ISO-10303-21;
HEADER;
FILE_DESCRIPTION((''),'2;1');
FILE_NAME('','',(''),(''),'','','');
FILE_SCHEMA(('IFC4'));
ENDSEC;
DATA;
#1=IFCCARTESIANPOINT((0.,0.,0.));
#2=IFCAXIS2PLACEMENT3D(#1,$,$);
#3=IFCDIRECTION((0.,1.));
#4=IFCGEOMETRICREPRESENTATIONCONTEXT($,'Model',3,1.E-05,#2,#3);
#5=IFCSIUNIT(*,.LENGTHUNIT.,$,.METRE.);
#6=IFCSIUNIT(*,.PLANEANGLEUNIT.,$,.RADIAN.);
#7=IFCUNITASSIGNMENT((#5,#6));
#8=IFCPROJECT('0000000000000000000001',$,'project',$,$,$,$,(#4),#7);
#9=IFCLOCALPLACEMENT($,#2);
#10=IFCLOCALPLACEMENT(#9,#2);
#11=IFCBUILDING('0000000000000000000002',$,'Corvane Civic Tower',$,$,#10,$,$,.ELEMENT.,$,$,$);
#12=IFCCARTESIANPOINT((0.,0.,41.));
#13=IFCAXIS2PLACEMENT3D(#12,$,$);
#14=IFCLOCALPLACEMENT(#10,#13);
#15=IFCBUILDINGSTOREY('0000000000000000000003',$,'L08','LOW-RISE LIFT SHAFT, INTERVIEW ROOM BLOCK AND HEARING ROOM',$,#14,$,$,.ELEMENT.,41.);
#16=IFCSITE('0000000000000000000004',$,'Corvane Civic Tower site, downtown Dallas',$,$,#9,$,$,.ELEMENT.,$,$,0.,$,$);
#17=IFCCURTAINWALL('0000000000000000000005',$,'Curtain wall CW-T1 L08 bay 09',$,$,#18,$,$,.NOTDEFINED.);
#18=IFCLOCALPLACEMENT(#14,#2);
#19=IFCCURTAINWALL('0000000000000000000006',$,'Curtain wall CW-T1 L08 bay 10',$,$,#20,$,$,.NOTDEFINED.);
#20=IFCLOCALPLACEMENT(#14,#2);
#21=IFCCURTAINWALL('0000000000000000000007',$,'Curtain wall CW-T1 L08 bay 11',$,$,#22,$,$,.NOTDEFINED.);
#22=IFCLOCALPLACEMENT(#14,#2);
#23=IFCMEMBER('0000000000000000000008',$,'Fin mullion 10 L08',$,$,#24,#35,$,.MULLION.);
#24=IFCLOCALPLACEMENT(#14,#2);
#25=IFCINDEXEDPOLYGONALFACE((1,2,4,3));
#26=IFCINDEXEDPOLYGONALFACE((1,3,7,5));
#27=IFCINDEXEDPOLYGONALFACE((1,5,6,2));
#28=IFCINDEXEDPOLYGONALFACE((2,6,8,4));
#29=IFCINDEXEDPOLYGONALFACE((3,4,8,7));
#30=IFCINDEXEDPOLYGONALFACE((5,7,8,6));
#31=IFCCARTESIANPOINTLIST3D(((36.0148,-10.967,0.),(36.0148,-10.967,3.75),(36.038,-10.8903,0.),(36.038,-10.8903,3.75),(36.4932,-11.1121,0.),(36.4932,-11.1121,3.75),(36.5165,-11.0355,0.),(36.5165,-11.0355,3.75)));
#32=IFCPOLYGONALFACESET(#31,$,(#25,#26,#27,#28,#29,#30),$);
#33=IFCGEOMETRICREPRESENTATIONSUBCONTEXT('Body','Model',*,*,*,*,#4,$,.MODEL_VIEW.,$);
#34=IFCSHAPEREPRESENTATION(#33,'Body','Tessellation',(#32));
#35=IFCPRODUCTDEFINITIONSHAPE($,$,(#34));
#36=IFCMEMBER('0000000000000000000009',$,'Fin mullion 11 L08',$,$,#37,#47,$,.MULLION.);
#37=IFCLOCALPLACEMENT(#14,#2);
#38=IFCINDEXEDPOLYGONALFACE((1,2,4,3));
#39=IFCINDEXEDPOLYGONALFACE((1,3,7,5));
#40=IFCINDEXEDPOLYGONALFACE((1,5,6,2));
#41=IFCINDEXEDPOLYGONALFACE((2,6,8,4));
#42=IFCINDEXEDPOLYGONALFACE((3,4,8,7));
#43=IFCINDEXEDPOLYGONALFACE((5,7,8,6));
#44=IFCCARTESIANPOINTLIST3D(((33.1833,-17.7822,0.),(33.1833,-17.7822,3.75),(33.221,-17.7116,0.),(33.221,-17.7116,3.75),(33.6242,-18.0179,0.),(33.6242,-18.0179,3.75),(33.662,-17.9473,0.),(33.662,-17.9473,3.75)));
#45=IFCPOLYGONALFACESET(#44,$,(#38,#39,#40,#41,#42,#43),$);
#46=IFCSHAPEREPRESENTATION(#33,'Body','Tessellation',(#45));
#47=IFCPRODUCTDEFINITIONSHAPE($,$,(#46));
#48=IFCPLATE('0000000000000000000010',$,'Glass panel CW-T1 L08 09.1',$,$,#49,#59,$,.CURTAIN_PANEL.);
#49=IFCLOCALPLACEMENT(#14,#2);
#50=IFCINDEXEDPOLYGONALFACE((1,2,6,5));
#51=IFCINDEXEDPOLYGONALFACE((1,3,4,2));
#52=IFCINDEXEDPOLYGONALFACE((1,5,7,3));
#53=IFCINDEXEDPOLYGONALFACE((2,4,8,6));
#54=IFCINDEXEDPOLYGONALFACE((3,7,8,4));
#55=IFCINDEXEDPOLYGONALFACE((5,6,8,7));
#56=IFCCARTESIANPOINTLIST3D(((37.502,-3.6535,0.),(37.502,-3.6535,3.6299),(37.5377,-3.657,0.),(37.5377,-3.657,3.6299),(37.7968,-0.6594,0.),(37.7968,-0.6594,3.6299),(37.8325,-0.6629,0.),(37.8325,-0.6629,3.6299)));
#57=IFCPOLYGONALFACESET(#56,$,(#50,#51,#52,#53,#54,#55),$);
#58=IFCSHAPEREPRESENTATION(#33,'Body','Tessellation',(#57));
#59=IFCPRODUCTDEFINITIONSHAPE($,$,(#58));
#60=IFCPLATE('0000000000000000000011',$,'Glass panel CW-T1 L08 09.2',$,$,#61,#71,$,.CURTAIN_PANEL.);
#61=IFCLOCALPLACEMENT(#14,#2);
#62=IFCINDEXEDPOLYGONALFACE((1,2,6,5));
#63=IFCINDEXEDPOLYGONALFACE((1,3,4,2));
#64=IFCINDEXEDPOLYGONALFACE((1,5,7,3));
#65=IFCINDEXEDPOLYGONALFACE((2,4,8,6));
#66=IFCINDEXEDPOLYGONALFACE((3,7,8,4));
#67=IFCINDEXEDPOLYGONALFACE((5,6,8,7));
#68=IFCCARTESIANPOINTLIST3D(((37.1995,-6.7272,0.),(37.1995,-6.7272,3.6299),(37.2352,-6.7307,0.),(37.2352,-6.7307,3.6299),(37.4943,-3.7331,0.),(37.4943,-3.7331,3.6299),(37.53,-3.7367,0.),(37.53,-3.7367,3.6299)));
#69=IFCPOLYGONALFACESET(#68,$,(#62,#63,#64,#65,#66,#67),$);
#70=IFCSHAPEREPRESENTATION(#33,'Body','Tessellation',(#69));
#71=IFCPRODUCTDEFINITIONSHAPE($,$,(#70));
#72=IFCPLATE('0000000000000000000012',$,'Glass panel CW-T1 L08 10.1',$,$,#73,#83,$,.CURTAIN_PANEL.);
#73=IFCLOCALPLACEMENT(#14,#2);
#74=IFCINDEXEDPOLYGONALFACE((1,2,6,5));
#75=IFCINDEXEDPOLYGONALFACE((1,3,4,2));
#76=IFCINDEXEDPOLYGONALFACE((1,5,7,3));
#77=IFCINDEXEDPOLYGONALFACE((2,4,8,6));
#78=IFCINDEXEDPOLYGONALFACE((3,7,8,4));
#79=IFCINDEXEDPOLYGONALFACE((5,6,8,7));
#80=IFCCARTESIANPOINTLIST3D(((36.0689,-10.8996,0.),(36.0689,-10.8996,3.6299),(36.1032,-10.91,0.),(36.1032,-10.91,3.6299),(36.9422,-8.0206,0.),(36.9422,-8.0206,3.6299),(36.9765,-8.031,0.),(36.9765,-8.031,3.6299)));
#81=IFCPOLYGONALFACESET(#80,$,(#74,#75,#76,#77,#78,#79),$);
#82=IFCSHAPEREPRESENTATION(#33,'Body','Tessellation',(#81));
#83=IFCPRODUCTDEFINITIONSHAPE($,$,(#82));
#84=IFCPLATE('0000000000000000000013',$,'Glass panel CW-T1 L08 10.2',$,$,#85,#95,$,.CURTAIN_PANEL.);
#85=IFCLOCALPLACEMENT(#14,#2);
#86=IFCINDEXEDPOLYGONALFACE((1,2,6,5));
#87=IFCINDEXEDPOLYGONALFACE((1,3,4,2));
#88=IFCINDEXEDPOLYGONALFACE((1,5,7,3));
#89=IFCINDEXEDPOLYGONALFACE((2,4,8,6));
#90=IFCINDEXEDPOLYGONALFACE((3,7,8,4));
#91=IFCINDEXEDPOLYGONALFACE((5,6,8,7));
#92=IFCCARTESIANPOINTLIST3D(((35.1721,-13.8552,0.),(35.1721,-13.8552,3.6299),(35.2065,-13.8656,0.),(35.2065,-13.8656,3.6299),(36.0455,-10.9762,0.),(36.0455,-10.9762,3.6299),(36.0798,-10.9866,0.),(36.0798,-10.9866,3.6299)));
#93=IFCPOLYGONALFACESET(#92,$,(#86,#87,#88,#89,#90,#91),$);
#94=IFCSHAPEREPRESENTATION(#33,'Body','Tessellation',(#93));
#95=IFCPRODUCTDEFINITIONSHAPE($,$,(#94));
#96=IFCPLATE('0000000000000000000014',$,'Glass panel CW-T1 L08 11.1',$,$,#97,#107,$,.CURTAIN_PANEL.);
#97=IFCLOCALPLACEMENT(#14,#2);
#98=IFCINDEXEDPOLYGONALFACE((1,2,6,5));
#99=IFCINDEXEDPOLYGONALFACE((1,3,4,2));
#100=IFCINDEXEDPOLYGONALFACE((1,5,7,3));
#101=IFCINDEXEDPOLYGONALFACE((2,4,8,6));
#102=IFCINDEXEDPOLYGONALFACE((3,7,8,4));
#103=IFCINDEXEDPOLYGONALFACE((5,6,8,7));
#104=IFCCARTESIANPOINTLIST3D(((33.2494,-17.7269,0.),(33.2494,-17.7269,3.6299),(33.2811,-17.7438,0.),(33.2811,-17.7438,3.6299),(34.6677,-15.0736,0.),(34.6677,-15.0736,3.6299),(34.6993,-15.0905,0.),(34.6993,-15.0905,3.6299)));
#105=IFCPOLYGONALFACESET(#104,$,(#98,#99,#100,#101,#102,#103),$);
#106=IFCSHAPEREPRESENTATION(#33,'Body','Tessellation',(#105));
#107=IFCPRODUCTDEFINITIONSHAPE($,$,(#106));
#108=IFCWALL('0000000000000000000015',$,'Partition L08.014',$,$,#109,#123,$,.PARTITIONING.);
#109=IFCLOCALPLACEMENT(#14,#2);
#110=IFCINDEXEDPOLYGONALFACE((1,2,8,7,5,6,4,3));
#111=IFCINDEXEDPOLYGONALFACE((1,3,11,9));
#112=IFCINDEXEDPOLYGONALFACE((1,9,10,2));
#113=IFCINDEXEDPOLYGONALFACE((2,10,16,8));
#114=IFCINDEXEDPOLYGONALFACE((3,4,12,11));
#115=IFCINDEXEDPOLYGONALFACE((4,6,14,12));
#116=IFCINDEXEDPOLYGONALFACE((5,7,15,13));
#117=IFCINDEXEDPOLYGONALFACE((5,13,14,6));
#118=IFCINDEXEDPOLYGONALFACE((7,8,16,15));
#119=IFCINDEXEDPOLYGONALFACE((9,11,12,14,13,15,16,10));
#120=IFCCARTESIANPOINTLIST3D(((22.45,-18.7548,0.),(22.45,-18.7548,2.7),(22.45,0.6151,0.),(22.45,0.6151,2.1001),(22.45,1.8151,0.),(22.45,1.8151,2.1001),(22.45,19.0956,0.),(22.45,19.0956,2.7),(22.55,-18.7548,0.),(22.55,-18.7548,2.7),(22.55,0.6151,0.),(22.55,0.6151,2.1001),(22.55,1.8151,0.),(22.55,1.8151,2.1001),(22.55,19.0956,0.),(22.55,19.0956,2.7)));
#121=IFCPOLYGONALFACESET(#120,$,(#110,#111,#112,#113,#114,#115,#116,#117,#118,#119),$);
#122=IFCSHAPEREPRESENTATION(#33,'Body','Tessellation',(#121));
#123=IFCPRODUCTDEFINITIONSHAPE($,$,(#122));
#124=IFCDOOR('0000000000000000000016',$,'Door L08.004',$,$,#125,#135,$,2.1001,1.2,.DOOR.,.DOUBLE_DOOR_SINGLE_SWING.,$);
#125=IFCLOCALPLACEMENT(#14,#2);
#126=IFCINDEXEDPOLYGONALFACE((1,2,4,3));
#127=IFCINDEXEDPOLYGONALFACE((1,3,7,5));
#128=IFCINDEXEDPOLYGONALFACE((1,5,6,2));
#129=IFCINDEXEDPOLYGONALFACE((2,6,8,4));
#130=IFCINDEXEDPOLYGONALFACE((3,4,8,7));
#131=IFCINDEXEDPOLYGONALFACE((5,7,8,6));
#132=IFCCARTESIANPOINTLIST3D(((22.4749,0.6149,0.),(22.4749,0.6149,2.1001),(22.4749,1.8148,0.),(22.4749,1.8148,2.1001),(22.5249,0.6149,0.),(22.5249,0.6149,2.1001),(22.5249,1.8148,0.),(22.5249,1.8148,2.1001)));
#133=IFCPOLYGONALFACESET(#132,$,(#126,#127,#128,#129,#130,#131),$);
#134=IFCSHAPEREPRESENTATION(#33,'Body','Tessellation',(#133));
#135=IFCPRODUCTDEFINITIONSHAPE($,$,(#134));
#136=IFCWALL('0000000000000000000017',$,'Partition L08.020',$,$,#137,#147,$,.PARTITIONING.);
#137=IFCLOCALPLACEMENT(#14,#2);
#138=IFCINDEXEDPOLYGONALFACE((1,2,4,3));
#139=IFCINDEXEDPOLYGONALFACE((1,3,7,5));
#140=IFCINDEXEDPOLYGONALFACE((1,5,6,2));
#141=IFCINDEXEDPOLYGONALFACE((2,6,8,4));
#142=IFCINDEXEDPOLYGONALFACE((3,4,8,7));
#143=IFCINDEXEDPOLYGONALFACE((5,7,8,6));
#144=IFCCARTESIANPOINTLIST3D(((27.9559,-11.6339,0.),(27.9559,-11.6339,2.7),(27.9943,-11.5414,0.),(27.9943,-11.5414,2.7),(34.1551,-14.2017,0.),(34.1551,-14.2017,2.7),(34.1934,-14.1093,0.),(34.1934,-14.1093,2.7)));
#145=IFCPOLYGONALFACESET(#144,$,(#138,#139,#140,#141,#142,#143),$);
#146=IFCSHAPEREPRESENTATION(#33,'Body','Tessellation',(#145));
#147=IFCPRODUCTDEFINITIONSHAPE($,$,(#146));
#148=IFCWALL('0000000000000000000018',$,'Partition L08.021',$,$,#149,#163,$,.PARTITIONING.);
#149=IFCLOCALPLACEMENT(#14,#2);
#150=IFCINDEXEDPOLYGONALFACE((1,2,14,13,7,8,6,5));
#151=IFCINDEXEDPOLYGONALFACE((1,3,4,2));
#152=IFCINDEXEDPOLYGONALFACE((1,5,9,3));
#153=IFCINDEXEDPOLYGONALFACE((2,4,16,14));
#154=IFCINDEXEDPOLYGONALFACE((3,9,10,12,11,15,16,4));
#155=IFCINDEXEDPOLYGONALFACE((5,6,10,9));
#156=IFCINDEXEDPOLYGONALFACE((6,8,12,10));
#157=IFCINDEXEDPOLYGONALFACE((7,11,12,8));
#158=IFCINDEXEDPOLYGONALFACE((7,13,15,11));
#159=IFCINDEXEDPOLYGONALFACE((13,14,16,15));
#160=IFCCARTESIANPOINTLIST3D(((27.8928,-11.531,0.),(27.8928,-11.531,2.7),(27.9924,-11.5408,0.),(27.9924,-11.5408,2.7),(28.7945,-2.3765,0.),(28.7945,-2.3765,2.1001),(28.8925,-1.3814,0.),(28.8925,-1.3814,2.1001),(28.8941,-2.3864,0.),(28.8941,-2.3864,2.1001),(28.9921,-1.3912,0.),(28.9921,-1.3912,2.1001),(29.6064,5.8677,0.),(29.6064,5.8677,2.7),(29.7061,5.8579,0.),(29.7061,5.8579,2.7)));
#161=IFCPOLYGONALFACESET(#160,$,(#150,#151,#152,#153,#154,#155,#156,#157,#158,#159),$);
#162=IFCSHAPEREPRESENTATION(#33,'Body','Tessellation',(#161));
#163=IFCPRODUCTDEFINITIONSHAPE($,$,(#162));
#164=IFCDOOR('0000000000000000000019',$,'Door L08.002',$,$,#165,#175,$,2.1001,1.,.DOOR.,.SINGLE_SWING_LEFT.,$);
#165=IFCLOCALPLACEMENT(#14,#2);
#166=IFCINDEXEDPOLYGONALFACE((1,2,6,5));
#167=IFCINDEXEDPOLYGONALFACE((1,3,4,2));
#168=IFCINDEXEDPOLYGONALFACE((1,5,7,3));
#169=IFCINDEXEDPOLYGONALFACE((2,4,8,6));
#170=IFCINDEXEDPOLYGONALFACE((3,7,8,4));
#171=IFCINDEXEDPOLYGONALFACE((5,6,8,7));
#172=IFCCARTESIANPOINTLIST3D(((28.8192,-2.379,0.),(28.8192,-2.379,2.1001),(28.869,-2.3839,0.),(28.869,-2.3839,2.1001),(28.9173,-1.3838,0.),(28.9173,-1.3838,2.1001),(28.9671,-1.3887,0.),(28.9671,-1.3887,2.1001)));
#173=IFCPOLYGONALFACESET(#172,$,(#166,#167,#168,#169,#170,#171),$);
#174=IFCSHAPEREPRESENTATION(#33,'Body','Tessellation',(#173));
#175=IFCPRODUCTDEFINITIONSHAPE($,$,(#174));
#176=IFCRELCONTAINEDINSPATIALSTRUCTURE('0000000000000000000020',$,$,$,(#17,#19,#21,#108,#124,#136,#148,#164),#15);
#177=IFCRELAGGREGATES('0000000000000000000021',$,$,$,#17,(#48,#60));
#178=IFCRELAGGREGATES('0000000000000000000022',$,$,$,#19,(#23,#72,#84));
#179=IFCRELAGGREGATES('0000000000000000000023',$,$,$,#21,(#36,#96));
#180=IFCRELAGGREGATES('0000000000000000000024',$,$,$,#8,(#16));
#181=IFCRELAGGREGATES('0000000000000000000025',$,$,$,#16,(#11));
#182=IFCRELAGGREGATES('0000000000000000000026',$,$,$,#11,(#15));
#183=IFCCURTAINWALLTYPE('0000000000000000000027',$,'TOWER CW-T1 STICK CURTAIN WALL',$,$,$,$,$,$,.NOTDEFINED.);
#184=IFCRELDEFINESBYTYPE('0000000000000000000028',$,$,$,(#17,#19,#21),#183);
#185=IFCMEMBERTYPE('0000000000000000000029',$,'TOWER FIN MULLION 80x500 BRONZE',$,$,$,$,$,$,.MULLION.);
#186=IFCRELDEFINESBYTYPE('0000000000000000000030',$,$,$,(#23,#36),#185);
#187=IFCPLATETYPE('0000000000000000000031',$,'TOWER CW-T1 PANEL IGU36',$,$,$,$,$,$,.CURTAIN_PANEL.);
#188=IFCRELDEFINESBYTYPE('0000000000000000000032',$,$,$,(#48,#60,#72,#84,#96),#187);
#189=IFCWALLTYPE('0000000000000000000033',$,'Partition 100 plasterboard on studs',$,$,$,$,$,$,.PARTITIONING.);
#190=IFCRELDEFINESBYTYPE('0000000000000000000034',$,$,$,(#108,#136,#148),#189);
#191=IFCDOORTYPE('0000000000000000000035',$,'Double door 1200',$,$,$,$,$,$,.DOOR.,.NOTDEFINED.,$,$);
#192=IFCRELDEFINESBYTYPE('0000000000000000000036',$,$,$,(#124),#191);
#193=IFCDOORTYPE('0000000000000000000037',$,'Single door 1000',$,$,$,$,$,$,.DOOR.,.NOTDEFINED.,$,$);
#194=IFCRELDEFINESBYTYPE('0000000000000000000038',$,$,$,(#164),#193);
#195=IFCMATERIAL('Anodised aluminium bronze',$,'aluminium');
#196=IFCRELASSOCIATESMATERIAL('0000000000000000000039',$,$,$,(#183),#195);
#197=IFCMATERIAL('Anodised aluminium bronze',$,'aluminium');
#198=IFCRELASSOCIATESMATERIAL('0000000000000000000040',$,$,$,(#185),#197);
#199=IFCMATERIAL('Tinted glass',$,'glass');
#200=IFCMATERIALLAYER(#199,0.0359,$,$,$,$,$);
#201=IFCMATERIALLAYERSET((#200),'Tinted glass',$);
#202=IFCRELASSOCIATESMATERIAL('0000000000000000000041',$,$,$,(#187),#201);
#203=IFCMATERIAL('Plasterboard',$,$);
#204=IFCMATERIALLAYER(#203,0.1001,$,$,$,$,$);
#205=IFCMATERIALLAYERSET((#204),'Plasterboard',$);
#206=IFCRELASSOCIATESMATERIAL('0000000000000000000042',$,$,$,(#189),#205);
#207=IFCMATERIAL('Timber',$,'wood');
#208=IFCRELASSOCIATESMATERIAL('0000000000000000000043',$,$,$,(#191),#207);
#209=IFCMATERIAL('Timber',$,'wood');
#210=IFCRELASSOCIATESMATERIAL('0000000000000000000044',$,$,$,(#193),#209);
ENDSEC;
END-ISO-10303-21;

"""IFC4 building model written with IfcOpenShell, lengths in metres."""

from ifc_helpers import new_model, si_unit, direction, frame, frame_2d, origin, origin_2d, place, context, subcontext, project, spatial, rectangle, extrude, material, layer, layer_set, material_profile, profile_set, type_object, element, fill, aggregate, save


model = new_model("IFC4")

# Units and contexts
model_context = context("Model", 3, precision=1e-05, world=origin(), true_north=direction((0.0, 1.0)))
body_context = subcontext(model_context, "Body", "Model", "MODEL_VIEW")
ifc_project = project(units=[si_unit("LENGTHUNIT", "METRE"), si_unit("PLANEANGLEUNIT", "RADIAN")], contexts=[model_context])

# Site, building, storey
site_placement = place(None, origin())
site = spatial("IfcSite", under=ifc_project, at=site_placement, Name="Corvane Civic Tower site, downtown Dallas", CompositionType="ELEMENT", RefElevation=0.0)
building_placement = place(site_placement, origin())
building = spatial("IfcBuilding", under=site, at=building_placement, Name="Corvane Civic Tower", CompositionType="ELEMENT")
storey_placement = place(building_placement, frame((0.0, 0.0, 41.0)))
storey = spatial("IfcBuildingStorey", under=building, at=storey_placement, Name="L08", Description="LOW-RISE LIFT SHAFT, INTERVIEW ROOM BLOCK AND HEARING ROOM", CompositionType="ELEMENT", Elevation=41.0)

# Curtain walls
ifc_material_1 = material(Name="Anodised aluminium bronze", Category="aluminium")
curtain_wall_type = type_object("IfcCurtainWallType", Name="TOWER CW-T1 STICK CURTAIN WALL", PredefinedType="NOTDEFINED", material=ifc_material_1)
curtain_wall_1_placement = place(storey_placement, origin())
curtain_wall_1 = element("IfcCurtainWall", 1, at=curtain_wall_1_placement, inside=storey, type_object=curtain_wall_type, Name="Curtain wall CW-T1 L08 bay 09", PredefinedType="NOTDEFINED")
curtain_wall_2_placement = place(storey_placement, origin())
curtain_wall_2 = element("IfcCurtainWall", 2, at=curtain_wall_2_placement, inside=storey, type_object=curtain_wall_type, Name="Curtain wall CW-T1 L08 bay 10", PredefinedType="NOTDEFINED")
curtain_wall_3_placement = place(storey_placement, origin())
curtain_wall_3 = element("IfcCurtainWall", 3, at=curtain_wall_3_placement, inside=storey, type_object=curtain_wall_type, Name="Curtain wall CW-T1 L08 bay 11", PredefinedType="NOTDEFINED")

# Members
ifc_material_2 = material(Name="Anodised aluminium bronze", Category="aluminium")
ifc_material_profile_1 = material_profile(ifc_material_2, rectangle(XDim=0.0801, YDim=0.5, at=origin_2d()), Name="TOWER FIN MULLION 80x500 BRONZE")
ifc_profile_set_1 = profile_set([ifc_material_profile_1], Name="Anodised aluminium bronze")
member_type_1 = type_object("IfcMemberType", Name="TOWER FIN MULLION 80x500 BRONZE", PredefinedType="MULLION", material=ifc_profile_set_1)
member_1_placement = place(storey_placement, frame((36.2656, -11.0012, 0.0), z_axis=(0.0, 0.0, 1.0), x_axis=(-0.290278, -0.956942, 0.0)))
member_1 = element("IfcMember", 4, at=member_1_placement, type_object=member_type_1, Name="Fin mullion 10 L08", PredefinedType="MULLION", context=body_context, shape_type="SweptSolid", body=[
    extrude(rectangle(XDim=0.0801, YDim=0.5, at=origin_2d()), origin(), (0.0, 0.0, 1.0), 3.75),
])
member_2_placement = place(storey_placement, frame((33.4226, -17.8647, 0.0), z_axis=(0.0, 0.0, 1.0), x_axis=(-0.471404, -0.881918, 0.0)))
member_2 = element("IfcMember", 5, at=member_2_placement, type_object=member_type_1, Name="Fin mullion 11 L08", PredefinedType="MULLION", context=body_context, shape_type="SweptSolid", body=[
    extrude(rectangle(XDim=0.0801, YDim=0.5, at=origin_2d()), origin(), (0.0, 0.0, 1.0), 3.75),
])

# Plates
ifc_material_3 = material(Name="Tinted glass", Category="glass")
ifc_layer_1 = layer(ifc_material_3, 0.0359)
ifc_layer_set_1 = layer_set([ifc_layer_1], Name="Tinted glass")
plate_type = type_object("IfcPlateType", Name="TOWER CW-T1 PANEL IGU36", PredefinedType="CURTAIN_PANEL", material=ifc_layer_set_1)
plate_1_placement = place(storey_placement, frame((37.6672, -2.1582, 0.0), z_axis=(0.0, 0.0, 1.0), x_axis=(-0.098006, -0.995186, 0.0)))
plate_1 = element("IfcPlate", 6, at=plate_1_placement, type_object=plate_type, Name="Glass panel CW-T1 L08 09.1", PredefinedType="CURTAIN_PANEL", context=body_context, shape_type="SweptSolid", body=[
    extrude(rectangle(XDim=3.0085, YDim=0.0359, at=origin_2d()), origin(), (0.0, 0.0, 1.0), 3.6299),
])
plate_2_placement = place(storey_placement, frame((37.3647, -5.2319, 0.0), z_axis=(0.0, 0.0, 1.0), x_axis=(-0.098006, -0.995186, 0.0)))
plate_2 = element("IfcPlate", 7, at=plate_2_placement, type_object=plate_type, Name="Glass panel CW-T1 L08 09.2", PredefinedType="CURTAIN_PANEL", context=body_context, shape_type="SweptSolid", body=[
    extrude(rectangle(XDim=3.0085, YDim=0.0359, at=origin_2d()), origin(), (0.0, 0.0, 1.0), 3.6299),
])
aggregate(curtain_wall_1, [plate_1, plate_2])
plate_3_placement = place(storey_placement, frame((36.5227, -9.4653, 0.0), z_axis=(0.0, 0.0, 1.0), x_axis=(-0.290278, -0.956942, 0.0)))
plate_3 = element("IfcPlate", 8, at=plate_3_placement, type_object=plate_type, Name="Glass panel CW-T1 L08 10.1", PredefinedType="CURTAIN_PANEL", context=body_context, shape_type="SweptSolid", body=[
    extrude(rectangle(XDim=3.0085, YDim=0.0359, at=origin_2d()), origin(), (0.0, 0.0, 1.0), 3.6299),
])
plate_4_placement = place(storey_placement, frame((35.626, -12.4209, 0.0), z_axis=(0.0, 0.0, 1.0), x_axis=(-0.290278, -0.956942, 0.0)))
plate_4 = element("IfcPlate", 9, at=plate_4_placement, type_object=plate_type, Name="Glass panel CW-T1 L08 10.2", PredefinedType="CURTAIN_PANEL", context=body_context, shape_type="SweptSolid", body=[
    extrude(rectangle(XDim=3.0085, YDim=0.0359, at=origin_2d()), origin(), (0.0, 0.0, 1.0), 3.6299),
])
aggregate(curtain_wall_2, [member_1, plate_3, plate_4])
plate_5_placement = place(storey_placement, frame((33.9744, -16.4087, 0.0), z_axis=(0.0, 0.0, 1.0), x_axis=(-0.471404, -0.881918, 0.0)))
plate_5 = element("IfcPlate", 10, at=plate_5_placement, type_object=plate_type, Name="Glass panel CW-T1 L08 11.1", PredefinedType="CURTAIN_PANEL", context=body_context, shape_type="SweptSolid", body=[
    extrude(rectangle(XDim=3.0085, YDim=0.0359, at=origin_2d()), origin(), (0.0, 0.0, 1.0), 3.6299),
])
aggregate(curtain_wall_3, [member_2, plate_5])

# Wall, opening, door
ifc_material_4 = material(Name="Plasterboard")
ifc_layer_2 = layer(ifc_material_4, 0.1001)
ifc_layer_set_2 = layer_set([ifc_layer_2], Name="Plasterboard")
wall_type_1 = type_object("IfcWallType", Name="Partition 100 plasterboard on studs", PredefinedType="PARTITIONING", material=ifc_layer_set_2)
wall_1_placement = place(storey_placement, frame((22.5, -18.7549, 0.0), z_axis=(0.0, 0.0, 1.0), x_axis=(0.0, 1.0, 0.0)))
wall_1 = element("IfcWall", 11, at=wall_1_placement, inside=storey, type_object=wall_type_1, Name="Partition L08.014", PredefinedType="PARTITIONING", context=body_context, shape_type="SweptSolid", body=[
    extrude(rectangle(XDim=37.8503, YDim=0.1001, at=frame_2d((18.9253, 0.0))), origin(), (0.0, 0.0, 1.0), 2.7),
])
opening_1_placement = place(wall_1_placement, frame((19.3699, 0.0, 0.0)))
opening_1 = element("IfcOpeningElement", 12, at=opening_1_placement, cuts=wall_1, PredefinedType="OPENING", context=body_context, shape_type="SweptSolid", body=[
    extrude(rectangle(XDim=1.2, YDim=2.1001, at=frame_2d((0.6001, 1.05))), frame((0.0, 0.0601, 0.0), z_axis=(0.0, -1.0, 0.0), x_axis=(1.0, 0.0, 0.0)), (0.0, 0.0, 1.0), 0.1201),
])
ifc_material_5 = material(Name="Timber", Category="wood")
door_type_1 = type_object("IfcDoorType", Name="Double door 1200", OperationType="NOTDEFINED", PredefinedType="DOOR", material=ifc_material_5)
door_1_placement = place(opening_1_placement, frame((1.2, 0.0, 0.0), z_axis=(0.0, 0.0, 1.0), x_axis=(-1.0, 0.0, 0.0)))
door_1 = element("IfcDoor", 13, at=door_1_placement, inside=storey, type_object=door_type_1, Name="Door L08.004", OperationType="DOUBLE_DOOR_SINGLE_SWING", OverallHeight=2.1001, OverallWidth=1.2, PredefinedType="DOOR", context=body_context, shape_type="SweptSolid", body=[
    extrude(rectangle(XDim=1.2, YDim=2.1001, at=frame_2d((0.6001, 1.05))), frame((0.0, 0.0249, 0.0), z_axis=(0.0, -1.0, 0.0), x_axis=(1.0, 0.0, 0.0)), (0.0, 0.0, 1.0), 0.05),
])
fill(opening_1, door_1)

# Wall
wall_2_placement = place(storey_placement, frame((27.9751, -11.5876, 0.0), z_axis=(0.0, 0.0, 1.0), x_axis=(0.923876, -0.382692, 0.0)))
element("IfcWall", 14, at=wall_2_placement, inside=storey, type_object=wall_type_1, Name="Partition L08.020", PredefinedType="PARTITIONING", context=body_context, shape_type="SweptSolid", body=[
    extrude(rectangle(XDim=6.71, YDim=0.1001, at=frame_2d((3.355, 0.0))), origin(), (0.0, 0.0, 1.0), 2.7),
])

# Wall, opening, door
wall_3_placement = place(storey_placement, frame((27.9426, -11.5359, 0.0), z_axis=(0.0, 0.0, 1.0), x_axis=(0.098017, 0.995185, 0.0)))
wall_3 = element("IfcWall", 15, at=wall_3_placement, inside=storey, type_object=wall_type_1, Name="Partition L08.021", PredefinedType="PARTITIONING", context=body_context, shape_type="SweptSolid", body=[
    extrude(rectangle(XDim=17.4829, YDim=0.1001, at=frame_2d((8.7415, 0.0))), origin(), (0.0, 0.0, 1.0), 2.7),
])
opening_2_placement = place(wall_3_placement, frame((9.1987, 0.0, 0.0)))
opening_2 = element("IfcOpeningElement", 16, at=opening_2_placement, cuts=wall_3, PredefinedType="OPENING", context=body_context, shape_type="SweptSolid", body=[
    extrude(rectangle(XDim=1.0, YDim=2.1001, at=frame_2d((0.5, 1.05))), frame((0.0, 0.0601, 0.0), z_axis=(0.0, -1.0, 0.0), x_axis=(1.0, 0.0, 0.0)), (0.0, 0.0, 1.0), 0.1201),
])
ifc_material_6 = material(Name="Timber", Category="wood")
door_type_2 = type_object("IfcDoorType", Name="Single door 1000", OperationType="NOTDEFINED", PredefinedType="DOOR", material=ifc_material_6)
door_2_placement = place(opening_2_placement, frame((1.0, 0.0, 0.0), z_axis=(0.0, 0.0, 1.0), x_axis=(-1.0, 0.0, 0.0)))
door_2 = element("IfcDoor", 17, at=door_2_placement, inside=storey, type_object=door_type_2, Name="Door L08.002", OperationType="SINGLE_SWING_LEFT", OverallHeight=2.1001, OverallWidth=1.0, PredefinedType="DOOR", context=body_context, shape_type="SweptSolid", body=[
    extrude(rectangle(XDim=1.0, YDim=2.1001, at=frame_2d((0.5, 1.05))), frame((0.0, 0.0249, 0.0), z_axis=(0.0, -1.0, 0.0), x_axis=(1.0, 0.0, 0.0)), (0.0, 0.0, 1.0), 0.05),
])
fill(opening_2, door_2)

save(model, "model.ifc")
